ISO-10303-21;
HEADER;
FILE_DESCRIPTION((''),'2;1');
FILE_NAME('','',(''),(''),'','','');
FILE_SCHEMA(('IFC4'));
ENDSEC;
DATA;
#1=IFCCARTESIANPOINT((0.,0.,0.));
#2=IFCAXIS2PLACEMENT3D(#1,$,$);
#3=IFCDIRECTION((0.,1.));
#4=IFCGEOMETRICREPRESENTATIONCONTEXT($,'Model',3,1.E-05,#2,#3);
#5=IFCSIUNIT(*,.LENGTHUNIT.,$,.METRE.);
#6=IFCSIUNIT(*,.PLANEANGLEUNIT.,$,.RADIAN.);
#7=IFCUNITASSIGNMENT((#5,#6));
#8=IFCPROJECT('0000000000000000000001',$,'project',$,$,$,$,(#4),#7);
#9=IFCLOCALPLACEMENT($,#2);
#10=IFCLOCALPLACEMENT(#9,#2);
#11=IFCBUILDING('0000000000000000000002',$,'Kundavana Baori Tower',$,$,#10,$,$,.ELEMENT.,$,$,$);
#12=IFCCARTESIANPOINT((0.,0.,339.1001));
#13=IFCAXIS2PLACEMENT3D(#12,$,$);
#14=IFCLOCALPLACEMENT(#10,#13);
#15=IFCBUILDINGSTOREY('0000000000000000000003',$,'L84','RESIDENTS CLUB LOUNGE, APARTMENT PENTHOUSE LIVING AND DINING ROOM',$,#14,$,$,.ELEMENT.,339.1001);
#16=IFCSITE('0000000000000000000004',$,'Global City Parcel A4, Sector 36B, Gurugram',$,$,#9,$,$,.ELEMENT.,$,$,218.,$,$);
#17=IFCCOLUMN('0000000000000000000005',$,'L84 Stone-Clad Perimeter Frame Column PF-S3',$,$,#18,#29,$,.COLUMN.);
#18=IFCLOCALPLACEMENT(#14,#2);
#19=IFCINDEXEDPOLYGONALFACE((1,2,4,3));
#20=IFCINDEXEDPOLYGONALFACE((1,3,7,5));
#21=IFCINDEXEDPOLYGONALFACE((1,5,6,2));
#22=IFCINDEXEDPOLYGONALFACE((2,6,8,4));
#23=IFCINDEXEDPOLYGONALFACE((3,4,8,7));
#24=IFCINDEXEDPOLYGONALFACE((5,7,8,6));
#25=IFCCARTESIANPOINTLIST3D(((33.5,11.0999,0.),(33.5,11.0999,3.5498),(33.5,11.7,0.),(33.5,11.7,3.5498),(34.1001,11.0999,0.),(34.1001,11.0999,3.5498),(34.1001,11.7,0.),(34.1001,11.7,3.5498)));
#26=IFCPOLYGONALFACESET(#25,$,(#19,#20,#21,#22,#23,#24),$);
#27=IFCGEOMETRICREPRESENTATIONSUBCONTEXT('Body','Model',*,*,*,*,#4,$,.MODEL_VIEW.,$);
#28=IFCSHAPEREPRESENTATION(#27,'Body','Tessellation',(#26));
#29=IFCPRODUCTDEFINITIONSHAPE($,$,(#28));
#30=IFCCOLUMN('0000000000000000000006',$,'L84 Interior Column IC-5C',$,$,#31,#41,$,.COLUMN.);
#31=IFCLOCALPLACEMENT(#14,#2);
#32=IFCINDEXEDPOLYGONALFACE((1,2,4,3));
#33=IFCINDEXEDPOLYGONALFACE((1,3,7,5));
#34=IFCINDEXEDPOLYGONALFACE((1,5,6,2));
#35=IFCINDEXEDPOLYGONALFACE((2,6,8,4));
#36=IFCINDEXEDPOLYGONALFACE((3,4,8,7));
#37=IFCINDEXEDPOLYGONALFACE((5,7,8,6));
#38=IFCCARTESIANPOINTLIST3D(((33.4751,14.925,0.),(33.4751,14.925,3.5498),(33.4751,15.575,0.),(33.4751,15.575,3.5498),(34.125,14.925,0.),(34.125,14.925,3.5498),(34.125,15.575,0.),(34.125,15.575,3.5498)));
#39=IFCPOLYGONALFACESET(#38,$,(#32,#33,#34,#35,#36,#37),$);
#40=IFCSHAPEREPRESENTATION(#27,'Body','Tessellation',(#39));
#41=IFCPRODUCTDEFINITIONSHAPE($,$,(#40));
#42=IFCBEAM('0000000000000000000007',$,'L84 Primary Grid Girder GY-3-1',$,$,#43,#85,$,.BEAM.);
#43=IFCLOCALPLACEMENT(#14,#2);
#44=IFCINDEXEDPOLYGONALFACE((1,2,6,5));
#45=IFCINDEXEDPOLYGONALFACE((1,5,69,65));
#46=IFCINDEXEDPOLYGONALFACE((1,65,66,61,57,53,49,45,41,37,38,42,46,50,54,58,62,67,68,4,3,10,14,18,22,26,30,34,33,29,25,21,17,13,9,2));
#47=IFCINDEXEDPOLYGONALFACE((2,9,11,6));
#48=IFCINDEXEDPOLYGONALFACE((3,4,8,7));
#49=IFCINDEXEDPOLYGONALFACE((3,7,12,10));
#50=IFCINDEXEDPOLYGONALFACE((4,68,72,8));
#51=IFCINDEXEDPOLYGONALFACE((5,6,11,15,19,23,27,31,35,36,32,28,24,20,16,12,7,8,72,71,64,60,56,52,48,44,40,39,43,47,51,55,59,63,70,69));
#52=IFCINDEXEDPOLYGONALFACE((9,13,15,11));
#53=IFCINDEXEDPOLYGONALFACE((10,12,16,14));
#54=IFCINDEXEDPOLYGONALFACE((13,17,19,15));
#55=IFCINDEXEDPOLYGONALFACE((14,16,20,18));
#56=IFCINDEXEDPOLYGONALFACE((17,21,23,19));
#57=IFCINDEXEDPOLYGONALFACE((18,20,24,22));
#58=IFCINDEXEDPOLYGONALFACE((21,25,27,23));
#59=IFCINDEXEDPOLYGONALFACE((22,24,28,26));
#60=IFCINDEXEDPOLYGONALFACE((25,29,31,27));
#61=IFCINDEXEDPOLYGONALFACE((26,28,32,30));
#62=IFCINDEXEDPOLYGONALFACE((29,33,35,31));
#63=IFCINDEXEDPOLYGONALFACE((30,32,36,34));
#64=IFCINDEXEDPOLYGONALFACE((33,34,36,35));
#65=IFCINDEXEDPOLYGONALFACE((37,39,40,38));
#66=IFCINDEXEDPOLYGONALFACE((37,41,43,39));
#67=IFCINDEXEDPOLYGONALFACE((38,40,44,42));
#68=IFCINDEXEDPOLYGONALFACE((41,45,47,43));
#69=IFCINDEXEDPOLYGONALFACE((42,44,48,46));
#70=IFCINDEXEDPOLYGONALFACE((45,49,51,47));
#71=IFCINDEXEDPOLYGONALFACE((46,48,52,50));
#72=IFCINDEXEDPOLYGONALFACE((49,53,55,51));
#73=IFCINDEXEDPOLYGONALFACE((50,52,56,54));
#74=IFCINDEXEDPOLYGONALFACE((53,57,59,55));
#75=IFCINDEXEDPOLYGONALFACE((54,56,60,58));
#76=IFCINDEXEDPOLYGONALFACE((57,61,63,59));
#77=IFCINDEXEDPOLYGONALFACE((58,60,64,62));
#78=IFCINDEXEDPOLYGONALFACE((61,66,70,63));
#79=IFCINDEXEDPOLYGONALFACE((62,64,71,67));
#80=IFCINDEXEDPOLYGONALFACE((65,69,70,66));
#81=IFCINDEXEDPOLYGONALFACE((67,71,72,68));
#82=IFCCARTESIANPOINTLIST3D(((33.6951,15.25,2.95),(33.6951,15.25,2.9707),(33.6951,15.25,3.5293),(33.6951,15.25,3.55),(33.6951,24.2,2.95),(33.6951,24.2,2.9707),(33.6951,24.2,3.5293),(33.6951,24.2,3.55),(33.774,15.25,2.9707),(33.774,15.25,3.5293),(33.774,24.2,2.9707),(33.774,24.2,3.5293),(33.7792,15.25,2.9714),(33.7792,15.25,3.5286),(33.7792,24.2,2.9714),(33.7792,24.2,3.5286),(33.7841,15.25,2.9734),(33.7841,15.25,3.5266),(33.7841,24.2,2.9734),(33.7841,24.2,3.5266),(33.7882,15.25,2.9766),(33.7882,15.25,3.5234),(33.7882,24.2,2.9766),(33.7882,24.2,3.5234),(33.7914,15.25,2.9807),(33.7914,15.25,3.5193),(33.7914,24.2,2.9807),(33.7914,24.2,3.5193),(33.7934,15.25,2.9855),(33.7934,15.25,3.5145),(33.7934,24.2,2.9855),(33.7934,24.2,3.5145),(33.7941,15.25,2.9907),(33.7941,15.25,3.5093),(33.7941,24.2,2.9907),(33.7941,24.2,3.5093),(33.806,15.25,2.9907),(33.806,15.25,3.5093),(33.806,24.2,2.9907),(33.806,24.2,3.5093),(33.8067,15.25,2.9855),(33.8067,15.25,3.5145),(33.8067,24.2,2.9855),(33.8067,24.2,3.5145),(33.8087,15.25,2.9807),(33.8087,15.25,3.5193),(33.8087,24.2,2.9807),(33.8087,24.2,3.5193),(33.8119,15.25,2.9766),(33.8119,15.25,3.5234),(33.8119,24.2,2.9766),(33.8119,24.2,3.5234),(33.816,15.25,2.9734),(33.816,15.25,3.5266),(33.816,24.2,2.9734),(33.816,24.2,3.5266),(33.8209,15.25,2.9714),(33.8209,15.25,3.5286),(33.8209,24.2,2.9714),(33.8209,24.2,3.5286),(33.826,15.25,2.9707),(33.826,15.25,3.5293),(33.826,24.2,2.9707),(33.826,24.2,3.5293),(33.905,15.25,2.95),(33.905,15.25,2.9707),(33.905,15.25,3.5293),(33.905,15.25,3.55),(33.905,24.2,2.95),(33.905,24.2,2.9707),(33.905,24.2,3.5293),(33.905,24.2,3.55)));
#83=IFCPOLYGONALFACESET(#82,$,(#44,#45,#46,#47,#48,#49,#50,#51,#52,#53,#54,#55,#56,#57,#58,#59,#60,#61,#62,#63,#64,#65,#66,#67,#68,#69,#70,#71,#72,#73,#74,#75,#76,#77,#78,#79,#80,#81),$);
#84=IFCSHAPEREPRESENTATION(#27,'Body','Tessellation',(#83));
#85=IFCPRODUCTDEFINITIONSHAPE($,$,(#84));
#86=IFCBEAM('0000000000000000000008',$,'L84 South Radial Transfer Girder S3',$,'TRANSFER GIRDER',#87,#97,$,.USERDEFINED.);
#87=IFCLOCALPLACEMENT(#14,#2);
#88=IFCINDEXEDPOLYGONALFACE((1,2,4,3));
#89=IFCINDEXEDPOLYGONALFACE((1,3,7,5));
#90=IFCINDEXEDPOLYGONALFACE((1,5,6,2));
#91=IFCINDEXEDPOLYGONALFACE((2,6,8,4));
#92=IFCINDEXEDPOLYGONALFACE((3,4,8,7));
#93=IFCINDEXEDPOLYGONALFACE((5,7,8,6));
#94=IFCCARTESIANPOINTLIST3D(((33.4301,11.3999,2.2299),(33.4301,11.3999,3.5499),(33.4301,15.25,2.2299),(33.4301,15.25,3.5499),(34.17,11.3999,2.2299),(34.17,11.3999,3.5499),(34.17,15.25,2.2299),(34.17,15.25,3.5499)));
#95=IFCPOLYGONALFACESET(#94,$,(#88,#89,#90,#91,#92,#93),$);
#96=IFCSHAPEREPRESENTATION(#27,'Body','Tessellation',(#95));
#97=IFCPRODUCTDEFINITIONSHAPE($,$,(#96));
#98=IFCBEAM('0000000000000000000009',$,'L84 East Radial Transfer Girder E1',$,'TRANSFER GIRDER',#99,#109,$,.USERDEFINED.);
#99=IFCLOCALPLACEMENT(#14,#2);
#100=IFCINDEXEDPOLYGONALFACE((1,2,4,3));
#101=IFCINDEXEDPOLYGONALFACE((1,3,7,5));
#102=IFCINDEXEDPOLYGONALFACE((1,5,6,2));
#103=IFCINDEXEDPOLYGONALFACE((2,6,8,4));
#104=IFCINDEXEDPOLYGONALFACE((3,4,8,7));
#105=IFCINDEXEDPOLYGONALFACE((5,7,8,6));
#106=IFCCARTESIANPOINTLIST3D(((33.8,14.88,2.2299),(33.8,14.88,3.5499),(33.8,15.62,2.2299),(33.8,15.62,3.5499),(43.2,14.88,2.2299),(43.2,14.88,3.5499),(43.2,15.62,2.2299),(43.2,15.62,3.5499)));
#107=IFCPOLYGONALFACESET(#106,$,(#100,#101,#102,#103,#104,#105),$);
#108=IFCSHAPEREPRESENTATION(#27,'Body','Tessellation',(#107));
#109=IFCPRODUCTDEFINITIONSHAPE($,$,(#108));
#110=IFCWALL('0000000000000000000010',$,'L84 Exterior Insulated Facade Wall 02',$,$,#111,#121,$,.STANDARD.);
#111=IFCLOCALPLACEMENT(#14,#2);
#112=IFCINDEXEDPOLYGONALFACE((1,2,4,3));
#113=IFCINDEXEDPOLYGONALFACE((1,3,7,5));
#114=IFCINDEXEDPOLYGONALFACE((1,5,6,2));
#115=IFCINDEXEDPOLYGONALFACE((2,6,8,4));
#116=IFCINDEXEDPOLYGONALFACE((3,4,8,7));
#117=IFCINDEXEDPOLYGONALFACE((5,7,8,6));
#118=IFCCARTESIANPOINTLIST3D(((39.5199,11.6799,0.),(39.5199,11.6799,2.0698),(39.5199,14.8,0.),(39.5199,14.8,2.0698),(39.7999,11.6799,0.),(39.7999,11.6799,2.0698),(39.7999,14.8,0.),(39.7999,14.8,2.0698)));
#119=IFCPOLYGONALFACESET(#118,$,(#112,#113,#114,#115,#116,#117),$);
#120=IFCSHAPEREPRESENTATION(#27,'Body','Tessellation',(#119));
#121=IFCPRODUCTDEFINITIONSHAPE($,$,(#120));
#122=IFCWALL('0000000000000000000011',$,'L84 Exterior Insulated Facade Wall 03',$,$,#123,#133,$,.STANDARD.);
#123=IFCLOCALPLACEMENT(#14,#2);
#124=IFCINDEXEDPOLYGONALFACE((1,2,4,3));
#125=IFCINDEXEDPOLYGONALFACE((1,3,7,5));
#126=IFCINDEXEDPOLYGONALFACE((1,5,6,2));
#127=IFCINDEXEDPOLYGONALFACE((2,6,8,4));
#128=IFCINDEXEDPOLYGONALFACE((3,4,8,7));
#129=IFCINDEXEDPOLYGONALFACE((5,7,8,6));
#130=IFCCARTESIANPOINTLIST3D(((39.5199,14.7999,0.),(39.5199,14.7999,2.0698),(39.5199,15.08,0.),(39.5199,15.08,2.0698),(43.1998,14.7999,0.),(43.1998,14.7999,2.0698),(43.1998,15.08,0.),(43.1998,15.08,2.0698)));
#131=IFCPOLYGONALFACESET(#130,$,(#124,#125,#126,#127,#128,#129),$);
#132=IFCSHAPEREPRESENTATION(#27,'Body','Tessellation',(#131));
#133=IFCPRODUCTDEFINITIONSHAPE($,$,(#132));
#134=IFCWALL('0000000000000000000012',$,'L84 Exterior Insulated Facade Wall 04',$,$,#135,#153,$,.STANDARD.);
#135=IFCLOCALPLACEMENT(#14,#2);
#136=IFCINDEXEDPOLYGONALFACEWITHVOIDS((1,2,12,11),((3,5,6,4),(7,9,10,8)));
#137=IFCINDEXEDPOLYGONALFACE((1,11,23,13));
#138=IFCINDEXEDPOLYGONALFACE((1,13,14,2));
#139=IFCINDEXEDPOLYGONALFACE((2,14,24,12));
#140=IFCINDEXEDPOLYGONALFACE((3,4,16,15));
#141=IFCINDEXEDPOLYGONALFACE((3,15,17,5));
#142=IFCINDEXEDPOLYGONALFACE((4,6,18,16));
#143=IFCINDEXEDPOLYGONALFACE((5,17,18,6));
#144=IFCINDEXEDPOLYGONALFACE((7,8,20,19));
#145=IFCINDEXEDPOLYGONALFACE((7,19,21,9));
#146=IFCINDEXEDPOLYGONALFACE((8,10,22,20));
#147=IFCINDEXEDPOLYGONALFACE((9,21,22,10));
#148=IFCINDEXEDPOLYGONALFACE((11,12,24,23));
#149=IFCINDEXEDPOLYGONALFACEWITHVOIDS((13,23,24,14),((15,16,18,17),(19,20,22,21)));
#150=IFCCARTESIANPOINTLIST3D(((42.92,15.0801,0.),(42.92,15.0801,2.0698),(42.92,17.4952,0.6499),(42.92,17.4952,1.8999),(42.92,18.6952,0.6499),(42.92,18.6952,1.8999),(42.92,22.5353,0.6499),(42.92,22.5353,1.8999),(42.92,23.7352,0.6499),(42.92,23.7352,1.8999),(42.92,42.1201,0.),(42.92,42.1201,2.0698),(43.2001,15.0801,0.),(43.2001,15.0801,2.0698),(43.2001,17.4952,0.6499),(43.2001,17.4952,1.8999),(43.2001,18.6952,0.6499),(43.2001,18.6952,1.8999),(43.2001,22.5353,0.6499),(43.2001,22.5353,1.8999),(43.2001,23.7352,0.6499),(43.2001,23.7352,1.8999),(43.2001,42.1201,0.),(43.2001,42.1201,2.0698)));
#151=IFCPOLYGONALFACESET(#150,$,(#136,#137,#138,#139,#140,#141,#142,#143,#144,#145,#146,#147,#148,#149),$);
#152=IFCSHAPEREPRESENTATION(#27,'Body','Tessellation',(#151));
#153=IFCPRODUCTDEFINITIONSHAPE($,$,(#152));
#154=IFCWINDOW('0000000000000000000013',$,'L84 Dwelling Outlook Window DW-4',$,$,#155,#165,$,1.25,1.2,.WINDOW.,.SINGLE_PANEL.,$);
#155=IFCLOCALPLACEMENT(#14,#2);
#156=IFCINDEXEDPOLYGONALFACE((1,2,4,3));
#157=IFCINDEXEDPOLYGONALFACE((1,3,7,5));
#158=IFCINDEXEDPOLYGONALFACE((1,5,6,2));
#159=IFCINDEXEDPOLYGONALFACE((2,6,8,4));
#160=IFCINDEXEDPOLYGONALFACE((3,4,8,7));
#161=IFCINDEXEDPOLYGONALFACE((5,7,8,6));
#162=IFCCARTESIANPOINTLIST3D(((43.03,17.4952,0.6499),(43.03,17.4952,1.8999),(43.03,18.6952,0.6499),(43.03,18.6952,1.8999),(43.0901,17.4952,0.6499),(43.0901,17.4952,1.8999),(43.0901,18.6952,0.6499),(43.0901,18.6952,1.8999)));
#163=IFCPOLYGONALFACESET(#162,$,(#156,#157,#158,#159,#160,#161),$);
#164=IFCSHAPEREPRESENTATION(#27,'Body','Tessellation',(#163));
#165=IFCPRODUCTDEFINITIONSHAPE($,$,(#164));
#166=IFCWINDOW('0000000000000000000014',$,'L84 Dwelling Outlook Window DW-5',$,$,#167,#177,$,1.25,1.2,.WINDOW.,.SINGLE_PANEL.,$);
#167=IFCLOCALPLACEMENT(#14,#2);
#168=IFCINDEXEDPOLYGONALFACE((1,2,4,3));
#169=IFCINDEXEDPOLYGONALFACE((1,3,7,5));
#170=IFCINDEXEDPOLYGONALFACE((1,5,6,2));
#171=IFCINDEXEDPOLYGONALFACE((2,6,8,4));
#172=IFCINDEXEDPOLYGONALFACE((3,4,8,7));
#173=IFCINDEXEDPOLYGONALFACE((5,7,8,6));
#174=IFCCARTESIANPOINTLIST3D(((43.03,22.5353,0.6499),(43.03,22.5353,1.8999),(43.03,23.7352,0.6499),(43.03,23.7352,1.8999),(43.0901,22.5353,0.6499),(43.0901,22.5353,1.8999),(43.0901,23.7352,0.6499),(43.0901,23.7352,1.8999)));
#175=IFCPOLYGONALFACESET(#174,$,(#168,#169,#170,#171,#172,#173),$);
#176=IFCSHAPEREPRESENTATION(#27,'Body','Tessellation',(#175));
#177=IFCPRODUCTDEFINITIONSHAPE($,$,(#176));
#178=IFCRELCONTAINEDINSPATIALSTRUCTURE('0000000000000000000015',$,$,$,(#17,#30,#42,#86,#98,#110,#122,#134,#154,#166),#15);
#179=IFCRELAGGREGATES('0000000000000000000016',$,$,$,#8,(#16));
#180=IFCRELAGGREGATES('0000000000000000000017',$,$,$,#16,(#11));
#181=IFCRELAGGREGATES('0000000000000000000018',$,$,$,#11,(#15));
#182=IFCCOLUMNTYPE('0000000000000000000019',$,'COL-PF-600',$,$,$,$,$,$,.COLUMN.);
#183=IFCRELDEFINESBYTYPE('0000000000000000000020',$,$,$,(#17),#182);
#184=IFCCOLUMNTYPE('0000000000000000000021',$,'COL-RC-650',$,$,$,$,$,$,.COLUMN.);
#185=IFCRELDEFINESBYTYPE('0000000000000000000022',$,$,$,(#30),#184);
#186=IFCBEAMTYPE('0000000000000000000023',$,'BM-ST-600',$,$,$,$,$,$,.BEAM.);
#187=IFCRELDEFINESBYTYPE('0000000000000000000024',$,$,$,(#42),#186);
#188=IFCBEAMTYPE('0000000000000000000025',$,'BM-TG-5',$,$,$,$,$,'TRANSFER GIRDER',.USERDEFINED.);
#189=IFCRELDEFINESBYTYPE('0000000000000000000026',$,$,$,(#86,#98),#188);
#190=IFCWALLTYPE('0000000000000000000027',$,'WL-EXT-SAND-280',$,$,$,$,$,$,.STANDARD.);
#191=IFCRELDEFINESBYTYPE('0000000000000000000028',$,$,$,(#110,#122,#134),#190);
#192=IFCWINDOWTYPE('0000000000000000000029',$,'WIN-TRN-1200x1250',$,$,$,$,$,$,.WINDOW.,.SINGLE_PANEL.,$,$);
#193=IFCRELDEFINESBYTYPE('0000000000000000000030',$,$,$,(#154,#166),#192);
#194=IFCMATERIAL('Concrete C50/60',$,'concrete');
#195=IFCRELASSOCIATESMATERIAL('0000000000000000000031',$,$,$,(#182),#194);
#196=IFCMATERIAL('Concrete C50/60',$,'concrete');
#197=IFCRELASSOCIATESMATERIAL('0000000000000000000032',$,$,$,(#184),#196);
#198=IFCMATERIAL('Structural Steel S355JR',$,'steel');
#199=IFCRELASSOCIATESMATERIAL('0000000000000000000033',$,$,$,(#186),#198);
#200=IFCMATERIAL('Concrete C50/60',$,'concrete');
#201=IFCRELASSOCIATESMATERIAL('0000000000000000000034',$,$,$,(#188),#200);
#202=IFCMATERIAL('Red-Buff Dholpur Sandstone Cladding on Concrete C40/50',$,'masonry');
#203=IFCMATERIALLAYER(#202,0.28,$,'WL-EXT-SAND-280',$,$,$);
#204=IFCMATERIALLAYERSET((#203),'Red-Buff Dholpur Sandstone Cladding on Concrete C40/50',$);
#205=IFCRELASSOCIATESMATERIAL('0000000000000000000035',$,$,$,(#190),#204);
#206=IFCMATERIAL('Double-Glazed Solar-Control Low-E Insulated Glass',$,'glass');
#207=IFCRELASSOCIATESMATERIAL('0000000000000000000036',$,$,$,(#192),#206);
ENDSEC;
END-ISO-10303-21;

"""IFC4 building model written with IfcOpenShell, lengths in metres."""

from ifc_helpers import new_model, si_unit, direction, frame, frame_2d, origin, origin_2d, place, context, subcontext, project, spatial, rectangle, i_section, extrude, material, layer, layer_set, material_profile, profile_set, type_object, element, fill, save


model = new_model("IFC4")

# Units and contexts
model_context = context("Model", 3, precision=1e-05, world=origin(), true_north=direction((0.0, 1.0)))
body_context = subcontext(model_context, "Body", "Model", "MODEL_VIEW")
ifc_project = project(units=[si_unit("LENGTHUNIT", "METRE"), si_unit("PLANEANGLEUNIT", "RADIAN")], contexts=[model_context])

# Site, building, storey
site_placement = place(None, origin())
site = spatial("IfcSite", under=ifc_project, at=site_placement, Name="Global City Parcel A4, Sector 36B, Gurugram", CompositionType="ELEMENT", RefElevation=218.0)
building_placement = place(site_placement, origin())
building = spatial("IfcBuilding", under=site, at=building_placement, Name="Kundavana Baori Tower", CompositionType="ELEMENT")
storey_placement = place(building_placement, frame((0.0, 0.0, 339.1001)))
storey = spatial("IfcBuildingStorey", under=building, at=storey_placement, Name="L84", Description="RESIDENTS CLUB LOUNGE, APARTMENT PENTHOUSE LIVING AND DINING ROOM", CompositionType="ELEMENT", Elevation=339.1001)

# Columns
ifc_material_1 = material(Name="Concrete C50/60", Category="concrete")
ifc_material_profile_1 = material_profile(ifc_material_1, rectangle(XDim=0.6001, YDim=0.6001, at=origin_2d()), Name="RC PF 600x600")
ifc_profile_set_1 = profile_set([ifc_material_profile_1], Name="Concrete C50/60")
column_type_1 = type_object("IfcColumnType", Name="COL-PF-600", PredefinedType="COLUMN", material=ifc_profile_set_1)
column_1_placement = place(storey_placement, frame((33.8, 11.3999, 0.0), z_axis=(0.0, 0.0, 1.0), x_axis=(1.0, 0.0, 0.0)))
element("IfcColumn", 1, at=column_1_placement, inside=storey, type_object=column_type_1, Name="L84 Stone-Clad Perimeter Frame Column PF-S3", PredefinedType="COLUMN", context=body_context, shape_type="SweptSolid", body=[
    extrude(rectangle(XDim=0.6001, YDim=0.6001, at=origin_2d()), origin(), (0.0, 0.0, 1.0), 3.5498),
])
ifc_material_2 = material(Name="Concrete C50/60", Category="concrete")
ifc_material_profile_2 = material_profile(ifc_material_2, rectangle(XDim=0.6499, YDim=0.6499, at=origin_2d()), Name="RC 650x650")
ifc_profile_set_2 = profile_set([ifc_material_profile_2], Name="Concrete C50/60")
column_type_2 = type_object("IfcColumnType", Name="COL-RC-650", PredefinedType="COLUMN", material=ifc_profile_set_2)
column_2_placement = place(storey_placement, frame((33.8, 15.25, 0.0), z_axis=(0.0, 0.0, 1.0), x_axis=(1.0, 0.0, 0.0)))
element("IfcColumn", 2, at=column_2_placement, inside=storey, type_object=column_type_2, Name="L84 Interior Column IC-5C", PredefinedType="COLUMN", context=body_context, shape_type="SweptSolid", body=[
    extrude(rectangle(XDim=0.6499, YDim=0.6499, at=origin_2d()), origin(), (0.0, 0.0, 1.0), 3.5498),
])

# Beams
ifc_material_3 = material(Name="Structural Steel S355JR", Category="steel")
ifc_material_profile_3 = material_profile(ifc_material_3, i_section(OverallWidth=0.21, OverallDepth=0.6001, WebThickness=0.012, FlangeThickness=0.0208, FilletRadius=0.02, at=origin_2d()), Name="ISMB 600")
ifc_profile_set_3 = profile_set([ifc_material_profile_3], Name="Structural Steel S355JR")
beam_type_1 = type_object("IfcBeamType", Name="BM-ST-600", PredefinedType="BEAM", material=ifc_profile_set_3)
beam_1_placement = place(storey_placement, frame((33.8, 15.25, 3.25), z_axis=(0.0, 1.0, 0.0), x_axis=(-1.0, 0.0, 0.0)))
element("IfcBeam", 3, at=beam_1_placement, inside=storey, type_object=beam_type_1, Name="L84 Primary Grid Girder GY-3-1", PredefinedType="BEAM", context=body_context, shape_type="SweptSolid", body=[
    extrude(i_section(OverallWidth=0.21, OverallDepth=0.6001, WebThickness=0.012, FlangeThickness=0.0208, FilletRadius=0.02, at=origin_2d()), origin(), (0.0, 0.0, 1.0), 8.95),
])
ifc_material_4 = material(Name="Concrete C50/60", Category="concrete")
ifc_material_profile_4 = material_profile(ifc_material_4, rectangle(XDim=0.74, YDim=1.3201, at=origin_2d()), Name="BM-TG-5")
ifc_profile_set_4 = profile_set([ifc_material_profile_4], Name="Concrete C50/60")
beam_type_2 = type_object("IfcBeamType", Name="BM-TG-5", ElementType="TRANSFER GIRDER", PredefinedType="USERDEFINED", material=ifc_profile_set_4)
beam_2_placement = place(storey_placement, frame((33.8, 15.25, 2.8899), z_axis=(0.0, -1.0, 0.0), x_axis=(1.0, 0.0, 0.0)))
element("IfcBeam", 4, at=beam_2_placement, inside=storey, type_object=beam_type_2, Name="L84 South Radial Transfer Girder S3", ObjectType="TRANSFER GIRDER", PredefinedType="USERDEFINED", context=body_context, shape_type="SweptSolid", body=[
    extrude(rectangle(XDim=0.74, YDim=1.3201, at=origin_2d()), origin(), (0.0, 0.0, 1.0), 3.8501),
])
beam_3_placement = place(storey_placement, frame((33.8, 15.25, 2.8899), z_axis=(1.0, 0.0, 0.0), x_axis=(0.0, 1.0, 0.0)))
element("IfcBeam", 5, at=beam_3_placement, inside=storey, type_object=beam_type_2, Name="L84 East Radial Transfer Girder E1", ObjectType="TRANSFER GIRDER", PredefinedType="USERDEFINED", context=body_context, shape_type="SweptSolid", body=[
    extrude(rectangle(XDim=0.74, YDim=1.3201, at=origin_2d()), origin(), (0.0, 0.0, 1.0), 9.3999),
])

# Walls
ifc_material_5 = material(Name="Red-Buff Dholpur Sandstone Cladding on Concrete C40/50", Category="masonry")
ifc_layer_1 = layer(ifc_material_5, 0.28, Name="WL-EXT-SAND-280")
ifc_layer_set_1 = layer_set([ifc_layer_1], Name="Red-Buff Dholpur Sandstone Cladding on Concrete C40/50")
wall_type_1 = type_object("IfcWallType", Name="WL-EXT-SAND-280", PredefinedType="STANDARD", material=ifc_layer_set_1)
wall_1_placement = place(storey_placement, frame((39.6599, 11.6799, 0.0), z_axis=(0.0, 0.0, 1.0), x_axis=(0.0, 1.0, 0.0)))
element("IfcWall", 6, at=wall_1_placement, inside=storey, type_object=wall_type_1, Name="L84 Exterior Insulated Facade Wall 02", PredefinedType="STANDARD", context=body_context, shape_type="SweptSolid", body=[
    extrude(rectangle(XDim=3.1201, YDim=0.28, at=frame_2d((1.5601, 0.0))), origin(), (0.0, 0.0, 1.0), 2.0698),
])
wall_2_placement = place(storey_placement, frame((39.52, 14.9399, 0.0), z_axis=(0.0, 0.0, 1.0), x_axis=(1.0, 0.0, 0.0)))
element("IfcWall", 7, at=wall_2_placement, inside=storey, type_object=wall_type_1, Name="L84 Exterior Insulated Facade Wall 03", PredefinedType="STANDARD", context=body_context, shape_type="SweptSolid", body=[
    extrude(rectangle(XDim=3.6799, YDim=0.28, at=frame_2d((1.8398, 0.0))), origin(), (0.0, 0.0, 1.0), 2.0698),
])

# Wall, openings, windows
wall_3_placement = place(storey_placement, frame((43.0601, 15.0801, 0.0), z_axis=(0.0, 0.0, 1.0), x_axis=(0.0, 1.0, 0.0)))
wall_3 = element("IfcWall", 8, at=wall_3_placement, inside=storey, type_object=wall_type_1, Name="L84 Exterior Insulated Facade Wall 04", PredefinedType="STANDARD", context=body_context, shape_type="SweptSolid", body=[
    extrude(rectangle(XDim=27.04, YDim=0.28, at=frame_2d((13.52, 0.0))), origin(), (0.0, 0.0, 1.0), 2.0698),
])
opening_1_placement = place(wall_3_placement, frame((2.415, 0.0, 0.6499)))
opening_1 = element("IfcOpeningElement", 9, at=opening_1_placement, cuts=wall_3, PredefinedType="OPENING", context=body_context, shape_type="SweptSolid", body=[
    extrude(rectangle(XDim=1.2, YDim=1.25, at=frame_2d((0.6001, 0.625))), frame((0.0, 0.1499, 0.0), z_axis=(0.0, -1.0, 0.0), x_axis=(1.0, 0.0, 0.0)), (0.0, 0.0, 1.0), 0.3),
])
opening_2_placement = place(wall_3_placement, frame((7.4551, 0.0, 0.6499)))
opening_2 = element("IfcOpeningElement", 10, at=opening_2_placement, cuts=wall_3, PredefinedType="OPENING", context=body_context, shape_type="SweptSolid", body=[
    extrude(rectangle(XDim=1.2, YDim=1.25, at=frame_2d((0.6001, 0.625))), frame((0.0, 0.1499, 0.0), z_axis=(0.0, -1.0, 0.0), x_axis=(1.0, 0.0, 0.0)), (0.0, 0.0, 1.0), 0.3),
])
ifc_material_6 = material(Name="Double-Glazed Solar-Control Low-E Insulated Glass", Category="glass")
window_type = type_object("IfcWindowType", Name="WIN-TRN-1200x1250", PartitioningType="SINGLE_PANEL", PredefinedType="WINDOW", material=ifc_material_6)
window_1_placement = place(opening_1_placement, origin())
window_1 = element("IfcWindow", 11, at=window_1_placement, inside=storey, type_object=window_type, Name="L84 Dwelling Outlook Window DW-4", OverallHeight=1.25, OverallWidth=1.2, PartitioningType="SINGLE_PANEL", PredefinedType="WINDOW", context=body_context, shape_type="SweptSolid", body=[
    extrude(rectangle(XDim=1.2, YDim=1.25, at=frame_2d((0.6001, 0.625))), frame((0.0, 0.03, 0.0), z_axis=(0.0, -1.0, 0.0), x_axis=(1.0, 0.0, 0.0)), (0.0, 0.0, 1.0), 0.0601),
])
fill(opening_1, window_1)
window_2_placement = place(opening_2_placement, origin())
window_2 = element("IfcWindow", 12, at=window_2_placement, inside=storey, type_object=window_type, Name="L84 Dwelling Outlook Window DW-5", OverallHeight=1.25, OverallWidth=1.2, PartitioningType="SINGLE_PANEL", PredefinedType="WINDOW", context=body_context, shape_type="SweptSolid", body=[
    extrude(rectangle(XDim=1.2, YDim=1.25, at=frame_2d((0.6001, 0.625))), frame((0.0, 0.03, 0.0), z_axis=(0.0, -1.0, 0.0), x_axis=(1.0, 0.0, 0.0)), (0.0, 0.0, 1.0), 0.0601),
])
fill(opening_2, window_2)

save(model, "model.ifc")
